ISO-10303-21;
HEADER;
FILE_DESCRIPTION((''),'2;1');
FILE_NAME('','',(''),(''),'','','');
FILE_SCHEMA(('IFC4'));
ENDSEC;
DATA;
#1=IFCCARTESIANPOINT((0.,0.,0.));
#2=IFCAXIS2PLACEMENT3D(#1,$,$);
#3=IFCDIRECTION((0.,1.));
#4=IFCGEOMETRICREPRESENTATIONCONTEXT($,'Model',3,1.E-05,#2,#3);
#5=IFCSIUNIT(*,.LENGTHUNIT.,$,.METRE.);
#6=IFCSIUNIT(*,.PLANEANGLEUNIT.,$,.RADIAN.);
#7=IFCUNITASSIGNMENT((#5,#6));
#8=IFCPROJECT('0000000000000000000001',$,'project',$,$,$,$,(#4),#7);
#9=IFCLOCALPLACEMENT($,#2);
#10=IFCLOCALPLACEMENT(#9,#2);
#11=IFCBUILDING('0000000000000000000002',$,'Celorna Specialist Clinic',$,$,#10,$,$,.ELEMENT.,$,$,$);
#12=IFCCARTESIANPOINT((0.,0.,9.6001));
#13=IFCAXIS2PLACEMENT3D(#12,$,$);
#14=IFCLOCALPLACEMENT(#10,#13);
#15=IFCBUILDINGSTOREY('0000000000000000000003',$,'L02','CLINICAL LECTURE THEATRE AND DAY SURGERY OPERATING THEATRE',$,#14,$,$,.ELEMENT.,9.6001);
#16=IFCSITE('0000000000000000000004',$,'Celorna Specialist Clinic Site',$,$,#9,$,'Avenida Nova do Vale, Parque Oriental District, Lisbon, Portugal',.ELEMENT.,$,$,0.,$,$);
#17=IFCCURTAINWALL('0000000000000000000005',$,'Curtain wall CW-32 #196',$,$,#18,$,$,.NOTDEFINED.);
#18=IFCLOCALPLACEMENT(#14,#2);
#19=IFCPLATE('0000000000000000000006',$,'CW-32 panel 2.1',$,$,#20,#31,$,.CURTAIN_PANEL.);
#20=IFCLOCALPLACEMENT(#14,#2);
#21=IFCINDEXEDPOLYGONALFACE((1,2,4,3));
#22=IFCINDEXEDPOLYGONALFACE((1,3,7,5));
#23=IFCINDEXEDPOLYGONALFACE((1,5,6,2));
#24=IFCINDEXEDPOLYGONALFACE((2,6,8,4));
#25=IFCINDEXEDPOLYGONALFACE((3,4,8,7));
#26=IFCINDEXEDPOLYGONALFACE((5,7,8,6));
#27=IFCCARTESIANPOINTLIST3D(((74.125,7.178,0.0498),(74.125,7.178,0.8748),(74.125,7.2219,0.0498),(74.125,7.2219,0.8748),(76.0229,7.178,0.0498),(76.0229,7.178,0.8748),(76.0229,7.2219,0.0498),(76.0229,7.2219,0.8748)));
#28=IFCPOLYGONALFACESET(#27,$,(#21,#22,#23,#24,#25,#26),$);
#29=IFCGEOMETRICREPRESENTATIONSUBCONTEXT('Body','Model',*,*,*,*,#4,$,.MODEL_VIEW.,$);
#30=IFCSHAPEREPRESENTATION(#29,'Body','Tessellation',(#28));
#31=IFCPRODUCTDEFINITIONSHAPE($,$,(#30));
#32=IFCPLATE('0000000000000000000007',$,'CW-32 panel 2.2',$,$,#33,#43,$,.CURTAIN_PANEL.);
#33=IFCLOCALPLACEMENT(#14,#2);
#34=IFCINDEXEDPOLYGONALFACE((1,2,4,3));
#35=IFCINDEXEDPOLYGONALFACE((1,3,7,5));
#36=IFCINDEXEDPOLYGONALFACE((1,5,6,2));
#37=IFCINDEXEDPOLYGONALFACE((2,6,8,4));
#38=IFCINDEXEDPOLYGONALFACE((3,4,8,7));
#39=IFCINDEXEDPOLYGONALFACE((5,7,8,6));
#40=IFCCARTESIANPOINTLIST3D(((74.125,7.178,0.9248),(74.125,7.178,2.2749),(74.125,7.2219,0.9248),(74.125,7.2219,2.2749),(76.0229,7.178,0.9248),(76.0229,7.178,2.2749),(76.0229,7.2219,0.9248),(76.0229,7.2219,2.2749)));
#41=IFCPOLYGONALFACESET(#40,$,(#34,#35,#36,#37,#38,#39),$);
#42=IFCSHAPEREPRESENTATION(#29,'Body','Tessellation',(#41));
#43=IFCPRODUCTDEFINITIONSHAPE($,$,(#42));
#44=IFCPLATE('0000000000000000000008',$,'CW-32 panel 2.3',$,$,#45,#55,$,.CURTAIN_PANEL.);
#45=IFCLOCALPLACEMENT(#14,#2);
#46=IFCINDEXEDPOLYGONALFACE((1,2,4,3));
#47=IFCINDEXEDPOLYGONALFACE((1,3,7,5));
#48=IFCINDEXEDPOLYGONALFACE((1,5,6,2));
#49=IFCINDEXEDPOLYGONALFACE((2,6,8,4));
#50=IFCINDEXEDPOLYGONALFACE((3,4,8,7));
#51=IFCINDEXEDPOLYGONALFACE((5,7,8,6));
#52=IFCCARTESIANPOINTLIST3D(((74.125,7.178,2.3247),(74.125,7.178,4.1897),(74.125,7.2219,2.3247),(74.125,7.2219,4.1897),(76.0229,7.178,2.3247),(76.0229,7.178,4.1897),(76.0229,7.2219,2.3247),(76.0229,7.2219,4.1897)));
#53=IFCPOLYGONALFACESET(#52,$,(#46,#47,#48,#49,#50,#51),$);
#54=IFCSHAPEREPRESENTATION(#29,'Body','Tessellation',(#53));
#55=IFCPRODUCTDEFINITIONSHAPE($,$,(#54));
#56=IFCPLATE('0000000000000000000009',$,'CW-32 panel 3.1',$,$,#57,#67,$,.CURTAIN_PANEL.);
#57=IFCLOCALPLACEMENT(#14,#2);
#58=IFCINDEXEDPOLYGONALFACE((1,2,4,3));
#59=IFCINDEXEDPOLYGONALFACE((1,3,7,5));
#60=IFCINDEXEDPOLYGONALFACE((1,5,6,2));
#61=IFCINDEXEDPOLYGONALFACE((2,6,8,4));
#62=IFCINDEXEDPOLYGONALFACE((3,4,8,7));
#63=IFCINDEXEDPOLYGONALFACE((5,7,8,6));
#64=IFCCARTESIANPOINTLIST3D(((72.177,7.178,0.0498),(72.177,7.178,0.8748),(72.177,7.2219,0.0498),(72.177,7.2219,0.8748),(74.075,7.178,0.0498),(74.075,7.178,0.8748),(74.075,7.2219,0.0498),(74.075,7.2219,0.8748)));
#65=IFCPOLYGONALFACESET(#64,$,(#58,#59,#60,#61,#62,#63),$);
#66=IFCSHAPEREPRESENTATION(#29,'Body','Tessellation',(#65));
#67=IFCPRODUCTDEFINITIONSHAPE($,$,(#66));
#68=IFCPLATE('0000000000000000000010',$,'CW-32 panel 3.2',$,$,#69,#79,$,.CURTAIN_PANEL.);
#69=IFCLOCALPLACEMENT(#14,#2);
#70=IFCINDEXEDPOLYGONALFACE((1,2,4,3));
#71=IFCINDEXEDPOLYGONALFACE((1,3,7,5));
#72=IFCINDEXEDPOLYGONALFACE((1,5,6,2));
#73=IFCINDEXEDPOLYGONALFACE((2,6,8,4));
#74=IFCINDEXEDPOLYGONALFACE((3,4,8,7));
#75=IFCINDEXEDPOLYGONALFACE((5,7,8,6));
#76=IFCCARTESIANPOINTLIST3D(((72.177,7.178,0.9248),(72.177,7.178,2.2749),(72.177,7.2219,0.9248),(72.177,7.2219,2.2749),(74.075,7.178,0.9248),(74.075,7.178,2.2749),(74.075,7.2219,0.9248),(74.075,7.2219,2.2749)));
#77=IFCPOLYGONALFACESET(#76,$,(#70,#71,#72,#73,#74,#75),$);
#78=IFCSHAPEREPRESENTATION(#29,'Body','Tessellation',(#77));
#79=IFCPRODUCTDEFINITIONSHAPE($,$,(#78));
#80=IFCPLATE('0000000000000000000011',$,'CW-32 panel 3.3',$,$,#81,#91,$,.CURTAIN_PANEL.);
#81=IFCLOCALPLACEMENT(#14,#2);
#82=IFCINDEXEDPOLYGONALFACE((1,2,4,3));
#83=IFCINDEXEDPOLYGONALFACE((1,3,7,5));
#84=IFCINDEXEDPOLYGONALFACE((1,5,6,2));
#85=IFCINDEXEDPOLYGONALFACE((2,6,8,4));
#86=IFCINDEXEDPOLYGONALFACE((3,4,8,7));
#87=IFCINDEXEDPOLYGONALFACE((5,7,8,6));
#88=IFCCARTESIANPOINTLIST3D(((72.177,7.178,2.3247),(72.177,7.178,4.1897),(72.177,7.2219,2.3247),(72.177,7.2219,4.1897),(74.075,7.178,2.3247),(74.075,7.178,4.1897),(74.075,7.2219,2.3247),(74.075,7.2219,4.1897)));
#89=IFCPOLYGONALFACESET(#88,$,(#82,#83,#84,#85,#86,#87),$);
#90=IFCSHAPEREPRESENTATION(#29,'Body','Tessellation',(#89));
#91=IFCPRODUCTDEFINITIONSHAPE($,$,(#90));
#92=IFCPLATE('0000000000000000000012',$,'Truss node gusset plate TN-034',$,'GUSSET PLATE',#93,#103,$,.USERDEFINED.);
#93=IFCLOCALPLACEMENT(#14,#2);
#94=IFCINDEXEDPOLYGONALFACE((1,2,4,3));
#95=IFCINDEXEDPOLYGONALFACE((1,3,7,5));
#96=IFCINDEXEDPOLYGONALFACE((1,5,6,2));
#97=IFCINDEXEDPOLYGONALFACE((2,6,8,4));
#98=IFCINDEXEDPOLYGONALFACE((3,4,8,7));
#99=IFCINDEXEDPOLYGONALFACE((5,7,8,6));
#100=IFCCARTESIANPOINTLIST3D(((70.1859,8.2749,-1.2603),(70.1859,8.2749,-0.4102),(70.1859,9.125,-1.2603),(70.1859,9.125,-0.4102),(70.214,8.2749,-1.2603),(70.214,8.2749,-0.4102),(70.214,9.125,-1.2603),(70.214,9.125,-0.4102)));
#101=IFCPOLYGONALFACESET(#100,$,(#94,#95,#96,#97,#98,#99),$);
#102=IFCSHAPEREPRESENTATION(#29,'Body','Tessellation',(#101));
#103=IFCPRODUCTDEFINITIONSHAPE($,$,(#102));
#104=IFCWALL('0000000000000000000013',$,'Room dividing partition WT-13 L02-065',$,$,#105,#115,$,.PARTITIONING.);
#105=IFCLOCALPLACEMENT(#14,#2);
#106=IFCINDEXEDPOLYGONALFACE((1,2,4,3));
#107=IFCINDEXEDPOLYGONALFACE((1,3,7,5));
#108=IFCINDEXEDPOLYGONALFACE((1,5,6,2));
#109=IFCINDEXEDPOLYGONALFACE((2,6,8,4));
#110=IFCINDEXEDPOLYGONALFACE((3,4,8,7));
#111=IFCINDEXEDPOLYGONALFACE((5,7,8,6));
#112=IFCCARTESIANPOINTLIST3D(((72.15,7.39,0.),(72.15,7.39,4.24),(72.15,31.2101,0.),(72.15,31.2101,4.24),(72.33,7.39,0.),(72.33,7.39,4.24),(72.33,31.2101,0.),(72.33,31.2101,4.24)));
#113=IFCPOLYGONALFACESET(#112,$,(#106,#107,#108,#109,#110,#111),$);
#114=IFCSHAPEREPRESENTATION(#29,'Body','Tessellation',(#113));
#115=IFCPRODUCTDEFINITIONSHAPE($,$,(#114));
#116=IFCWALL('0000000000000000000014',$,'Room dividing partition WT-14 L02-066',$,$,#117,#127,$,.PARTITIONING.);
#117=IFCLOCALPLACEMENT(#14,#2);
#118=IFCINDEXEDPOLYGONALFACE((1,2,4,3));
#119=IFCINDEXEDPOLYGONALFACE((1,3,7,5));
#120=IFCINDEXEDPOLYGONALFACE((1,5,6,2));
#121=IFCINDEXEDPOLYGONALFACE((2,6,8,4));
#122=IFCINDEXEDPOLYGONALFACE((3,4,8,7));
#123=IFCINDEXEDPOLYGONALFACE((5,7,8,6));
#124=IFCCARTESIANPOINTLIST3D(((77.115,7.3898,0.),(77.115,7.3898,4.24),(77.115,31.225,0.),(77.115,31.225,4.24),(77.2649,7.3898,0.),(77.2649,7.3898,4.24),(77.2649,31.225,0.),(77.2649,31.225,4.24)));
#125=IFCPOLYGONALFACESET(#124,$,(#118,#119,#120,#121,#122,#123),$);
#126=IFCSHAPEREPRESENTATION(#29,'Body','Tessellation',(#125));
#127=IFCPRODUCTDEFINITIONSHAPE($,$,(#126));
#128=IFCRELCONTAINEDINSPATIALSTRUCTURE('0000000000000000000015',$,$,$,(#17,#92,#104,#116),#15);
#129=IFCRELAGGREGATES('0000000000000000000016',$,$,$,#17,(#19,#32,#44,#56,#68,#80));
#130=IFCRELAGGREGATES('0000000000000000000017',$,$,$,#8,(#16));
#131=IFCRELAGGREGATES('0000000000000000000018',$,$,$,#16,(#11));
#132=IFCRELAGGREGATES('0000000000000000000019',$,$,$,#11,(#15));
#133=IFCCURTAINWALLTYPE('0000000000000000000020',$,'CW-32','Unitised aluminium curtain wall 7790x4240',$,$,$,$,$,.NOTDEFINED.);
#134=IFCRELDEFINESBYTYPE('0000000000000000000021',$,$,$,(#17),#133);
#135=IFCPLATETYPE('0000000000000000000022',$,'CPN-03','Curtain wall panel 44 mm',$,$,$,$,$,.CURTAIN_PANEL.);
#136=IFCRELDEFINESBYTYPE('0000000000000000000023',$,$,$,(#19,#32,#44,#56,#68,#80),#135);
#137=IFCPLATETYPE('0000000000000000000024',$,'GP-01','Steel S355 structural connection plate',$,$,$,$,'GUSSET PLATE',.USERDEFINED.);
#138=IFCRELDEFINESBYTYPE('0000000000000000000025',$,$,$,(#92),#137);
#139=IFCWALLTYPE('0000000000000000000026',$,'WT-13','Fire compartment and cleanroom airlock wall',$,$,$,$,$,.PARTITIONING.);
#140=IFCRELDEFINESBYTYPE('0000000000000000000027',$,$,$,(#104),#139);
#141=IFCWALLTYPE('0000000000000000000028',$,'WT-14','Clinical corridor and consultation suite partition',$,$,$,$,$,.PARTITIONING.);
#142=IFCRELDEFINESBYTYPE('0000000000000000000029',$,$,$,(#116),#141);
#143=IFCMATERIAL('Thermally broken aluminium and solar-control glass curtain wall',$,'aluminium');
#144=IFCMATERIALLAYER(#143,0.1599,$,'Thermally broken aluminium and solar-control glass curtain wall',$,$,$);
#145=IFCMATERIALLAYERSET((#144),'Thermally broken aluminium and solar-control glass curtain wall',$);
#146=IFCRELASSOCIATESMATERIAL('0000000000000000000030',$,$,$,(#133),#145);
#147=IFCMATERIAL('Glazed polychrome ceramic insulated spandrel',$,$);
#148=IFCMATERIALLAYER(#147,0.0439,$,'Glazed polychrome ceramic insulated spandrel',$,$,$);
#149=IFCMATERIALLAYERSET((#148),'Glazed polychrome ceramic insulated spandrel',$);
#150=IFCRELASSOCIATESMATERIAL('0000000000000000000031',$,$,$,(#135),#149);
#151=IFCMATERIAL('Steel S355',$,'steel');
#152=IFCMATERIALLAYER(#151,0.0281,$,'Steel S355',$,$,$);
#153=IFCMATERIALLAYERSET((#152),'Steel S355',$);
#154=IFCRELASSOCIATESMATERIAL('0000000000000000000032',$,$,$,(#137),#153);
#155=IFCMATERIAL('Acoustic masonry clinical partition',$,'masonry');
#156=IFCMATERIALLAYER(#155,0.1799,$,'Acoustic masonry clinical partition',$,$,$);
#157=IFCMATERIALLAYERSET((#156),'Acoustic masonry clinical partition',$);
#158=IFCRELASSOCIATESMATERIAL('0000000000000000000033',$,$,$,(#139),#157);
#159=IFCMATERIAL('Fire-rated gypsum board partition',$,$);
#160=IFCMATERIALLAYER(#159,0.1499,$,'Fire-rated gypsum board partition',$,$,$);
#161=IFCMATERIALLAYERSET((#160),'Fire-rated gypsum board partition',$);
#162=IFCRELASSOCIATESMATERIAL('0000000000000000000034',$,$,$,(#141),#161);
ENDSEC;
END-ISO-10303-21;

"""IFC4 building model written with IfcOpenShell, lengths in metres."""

from ifc_helpers import new_model, si_unit, direction, frame, frame_2d, origin, origin_2d, place, context, subcontext, project, spatial, rectangle, extrude, material, layer, layer_set, type_object, element, aggregate, save


model = new_model("IFC4")

# Units and contexts
model_context = context("Model", 3, precision=1e-05, world=origin(), true_north=direction((0.0, 1.0)))
body_context = subcontext(model_context, "Body", "Model", "MODEL_VIEW")
ifc_project = project(units=[si_unit("LENGTHUNIT", "METRE"), si_unit("PLANEANGLEUNIT", "RADIAN")], contexts=[model_context])

# Site, building, storey
site_placement = place(None, origin())
site = spatial("IfcSite", under=ifc_project, at=site_placement, Name="Celorna Specialist Clinic Site", LongName="Avenida Nova do Vale, Parque Oriental District, Lisbon, Portugal", CompositionType="ELEMENT", RefElevation=0.0)
building_placement = place(site_placement, origin())
building = spatial("IfcBuilding", under=site, at=building_placement, Name="Celorna Specialist Clinic", CompositionType="ELEMENT")
storey_placement = place(building_placement, frame((0.0, 0.0, 9.6001)))
storey = spatial("IfcBuildingStorey", under=building, at=storey_placement, Name="L02", Description="CLINICAL LECTURE THEATRE AND DAY SURGERY OPERATING THEATRE", CompositionType="ELEMENT", Elevation=9.6001)

# Shared definitions
ifc_material_1 = material(Name="Steel S355", Category="steel")

# Curtain wall, plates
ifc_material_2 = material(Name="Thermally broken aluminium and solar-control glass curtain wall", Category="aluminium")
ifc_layer_1 = layer(ifc_material_2, 0.1599, Name="Thermally broken aluminium and solar-control glass curtain wall")
ifc_layer_set_1 = layer_set([ifc_layer_1], Name="Thermally broken aluminium and solar-control glass curtain wall")
curtain_wall_type = type_object("IfcCurtainWallType", Name="CW-32", Description="Unitised aluminium curtain wall 7790x4240", PredefinedType="NOTDEFINED", material=ifc_layer_set_1)
curtain_wall_placement = place(storey_placement, origin())
curtain_wall = element("IfcCurtainWall", 1, at=curtain_wall_placement, inside=storey, type_object=curtain_wall_type, Name="Curtain wall CW-32 #196", PredefinedType="NOTDEFINED")
ifc_material_3 = material(Name="Glazed polychrome ceramic insulated spandrel")
ifc_layer_2 = layer(ifc_material_3, 0.0439, Name="Glazed polychrome ceramic insulated spandrel")
ifc_layer_set_2 = layer_set([ifc_layer_2], Name="Glazed polychrome ceramic insulated spandrel")
plate_type_1 = type_object("IfcPlateType", Name="CPN-03", Description="Curtain wall panel 44 mm", PredefinedType="CURTAIN_PANEL", material=ifc_layer_set_2)
plate_1_placement = place(storey_placement, frame((75.074, 7.2, 0.0498), z_axis=(0.0, 0.0, 1.0), x_axis=(-1.0, 0.0, 0.0)))
plate_1 = element("IfcPlate", 2, at=plate_1_placement, type_object=plate_type_1, Name="CW-32 panel 2.1", PredefinedType="CURTAIN_PANEL", context=body_context, shape_type="SweptSolid", body=[
    extrude(rectangle(XDim=1.8979, YDim=0.0439, at=origin_2d()), origin(), (0.0, 0.0, 1.0), 0.825),
])
plate_2_placement = place(storey_placement, frame((75.074, 7.2, 0.9248), z_axis=(0.0, 0.0, 1.0), x_axis=(-1.0, 0.0, 0.0)))
plate_2 = element("IfcPlate", 3, at=plate_2_placement, type_object=plate_type_1, Name="CW-32 panel 2.2", PredefinedType="CURTAIN_PANEL", context=body_context, shape_type="SweptSolid", body=[
    extrude(rectangle(XDim=1.8979, YDim=0.0439, at=origin_2d()), origin(), (0.0, 0.0, 1.0), 1.3501),
])
plate_3_placement = place(storey_placement, frame((75.074, 7.2, 2.3247), z_axis=(0.0, 0.0, 1.0), x_axis=(-1.0, 0.0, 0.0)))
plate_3 = element("IfcPlate", 4, at=plate_3_placement, type_object=plate_type_1, Name="CW-32 panel 2.3", PredefinedType="CURTAIN_PANEL", context=body_context, shape_type="SweptSolid", body=[
    extrude(rectangle(XDim=1.8979, YDim=0.0439, at=origin_2d()), origin(), (0.0, 0.0, 1.0), 1.865),
])
plate_4_placement = place(storey_placement, frame((73.126, 7.2, 0.0498), z_axis=(0.0, 0.0, 1.0), x_axis=(-1.0, 0.0, 0.0)))
plate_4 = element("IfcPlate", 5, at=plate_4_placement, type_object=plate_type_1, Name="CW-32 panel 3.1", PredefinedType="CURTAIN_PANEL", context=body_context, shape_type="SweptSolid", body=[
    extrude(rectangle(XDim=1.8979, YDim=0.0439, at=origin_2d()), origin(), (0.0, 0.0, 1.0), 0.825),
])
plate_5_placement = place(storey_placement, frame((73.126, 7.2, 0.9248), z_axis=(0.0, 0.0, 1.0), x_axis=(-1.0, 0.0, 0.0)))
plate_5 = element("IfcPlate", 6, at=plate_5_placement, type_object=plate_type_1, Name="CW-32 panel 3.2", PredefinedType="CURTAIN_PANEL", context=body_context, shape_type="SweptSolid", body=[
    extrude(rectangle(XDim=1.8979, YDim=0.0439, at=origin_2d()), origin(), (0.0, 0.0, 1.0), 1.3501),
])
plate_6_placement = place(storey_placement, frame((73.126, 7.2, 2.3247), z_axis=(0.0, 0.0, 1.0), x_axis=(-1.0, 0.0, 0.0)))
plate_6 = element("IfcPlate", 7, at=plate_6_placement, type_object=plate_type_1, Name="CW-32 panel 3.3", PredefinedType="CURTAIN_PANEL", context=body_context, shape_type="SweptSolid", body=[
    extrude(rectangle(XDim=1.8979, YDim=0.0439, at=origin_2d()), origin(), (0.0, 0.0, 1.0), 1.865),
])
aggregate(curtain_wall, [plate_1, plate_2, plate_3, plate_4, plate_5, plate_6])

# Plate
ifc_layer_3 = layer(ifc_material_1, 0.0281, Name="Steel S355")
ifc_layer_set_3 = layer_set([ifc_layer_3], Name="Steel S355")
plate_type_2 = type_object("IfcPlateType", Name="GP-01", Description="Steel S355 structural connection plate", ElementType="GUSSET PLATE", PredefinedType="USERDEFINED", material=ifc_layer_set_3)
plate_7_placement = place(storey_placement, frame((70.2, 8.7, -1.2603), z_axis=(0.0, 0.0, 1.0), x_axis=(0.0, 1.0, 0.0)))
element("IfcPlate", 8, at=plate_7_placement, inside=storey, type_object=plate_type_2, Name="Truss node gusset plate TN-034", ObjectType="GUSSET PLATE", PredefinedType="USERDEFINED", context=body_context, shape_type="SweptSolid", body=[
    extrude(rectangle(XDim=0.8501, YDim=0.0281, at=origin_2d()), origin(), (0.0, 0.0, 1.0), 0.8501),
])

# Walls
ifc_material_4 = material(Name="Acoustic masonry clinical partition", Category="masonry")
ifc_layer_4 = layer(ifc_material_4, 0.1799, Name="Acoustic masonry clinical partition")
ifc_layer_set_4 = layer_set([ifc_layer_4], Name="Acoustic masonry clinical partition")
wall_type_1 = type_object("IfcWallType", Name="WT-13", Description="Fire compartment and cleanroom airlock wall", PredefinedType="PARTITIONING", material=ifc_layer_set_4)
wall_1_placement = place(storey_placement, frame((72.24, 7.3899, 0.0), z_axis=(0.0, 0.0, 1.0), x_axis=(0.0, 1.0, 0.0)))
element("IfcWall", 9, at=wall_1_placement, inside=storey, type_object=wall_type_1, Name="Room dividing partition WT-13 L02-065", PredefinedType="PARTITIONING", context=body_context, shape_type="SweptSolid", body=[
    extrude(rectangle(XDim=23.8201, YDim=0.1799, at=frame_2d((11.9102, 0.0))), origin(), (0.0, 0.0, 1.0), 4.24),
])
ifc_material_5 = material(Name="Fire-rated gypsum board partition")
ifc_layer_5 = layer(ifc_material_5, 0.1499, Name="Fire-rated gypsum board partition")
ifc_layer_set_5 = layer_set([ifc_layer_5], Name="Fire-rated gypsum board partition")
wall_type_2 = type_object("IfcWallType", Name="WT-14", Description="Clinical corridor and consultation suite partition", PredefinedType="PARTITIONING", material=ifc_layer_set_5)
wall_2_placement = place(storey_placement, frame((77.1899, 7.3899, 0.0), z_axis=(0.0, 0.0, 1.0), x_axis=(0.0, 1.0, 0.0)))
element("IfcWall", 10, at=wall_2_placement, inside=storey, type_object=wall_type_2, Name="Room dividing partition WT-14 L02-066", PredefinedType="PARTITIONING", context=body_context, shape_type="SweptSolid", body=[
    extrude(rectangle(XDim=23.8352, YDim=0.1499, at=frame_2d((11.9175, 0.0))), origin(), (0.0, 0.0, 1.0), 4.24),
])

save(model, "model.ifc")
